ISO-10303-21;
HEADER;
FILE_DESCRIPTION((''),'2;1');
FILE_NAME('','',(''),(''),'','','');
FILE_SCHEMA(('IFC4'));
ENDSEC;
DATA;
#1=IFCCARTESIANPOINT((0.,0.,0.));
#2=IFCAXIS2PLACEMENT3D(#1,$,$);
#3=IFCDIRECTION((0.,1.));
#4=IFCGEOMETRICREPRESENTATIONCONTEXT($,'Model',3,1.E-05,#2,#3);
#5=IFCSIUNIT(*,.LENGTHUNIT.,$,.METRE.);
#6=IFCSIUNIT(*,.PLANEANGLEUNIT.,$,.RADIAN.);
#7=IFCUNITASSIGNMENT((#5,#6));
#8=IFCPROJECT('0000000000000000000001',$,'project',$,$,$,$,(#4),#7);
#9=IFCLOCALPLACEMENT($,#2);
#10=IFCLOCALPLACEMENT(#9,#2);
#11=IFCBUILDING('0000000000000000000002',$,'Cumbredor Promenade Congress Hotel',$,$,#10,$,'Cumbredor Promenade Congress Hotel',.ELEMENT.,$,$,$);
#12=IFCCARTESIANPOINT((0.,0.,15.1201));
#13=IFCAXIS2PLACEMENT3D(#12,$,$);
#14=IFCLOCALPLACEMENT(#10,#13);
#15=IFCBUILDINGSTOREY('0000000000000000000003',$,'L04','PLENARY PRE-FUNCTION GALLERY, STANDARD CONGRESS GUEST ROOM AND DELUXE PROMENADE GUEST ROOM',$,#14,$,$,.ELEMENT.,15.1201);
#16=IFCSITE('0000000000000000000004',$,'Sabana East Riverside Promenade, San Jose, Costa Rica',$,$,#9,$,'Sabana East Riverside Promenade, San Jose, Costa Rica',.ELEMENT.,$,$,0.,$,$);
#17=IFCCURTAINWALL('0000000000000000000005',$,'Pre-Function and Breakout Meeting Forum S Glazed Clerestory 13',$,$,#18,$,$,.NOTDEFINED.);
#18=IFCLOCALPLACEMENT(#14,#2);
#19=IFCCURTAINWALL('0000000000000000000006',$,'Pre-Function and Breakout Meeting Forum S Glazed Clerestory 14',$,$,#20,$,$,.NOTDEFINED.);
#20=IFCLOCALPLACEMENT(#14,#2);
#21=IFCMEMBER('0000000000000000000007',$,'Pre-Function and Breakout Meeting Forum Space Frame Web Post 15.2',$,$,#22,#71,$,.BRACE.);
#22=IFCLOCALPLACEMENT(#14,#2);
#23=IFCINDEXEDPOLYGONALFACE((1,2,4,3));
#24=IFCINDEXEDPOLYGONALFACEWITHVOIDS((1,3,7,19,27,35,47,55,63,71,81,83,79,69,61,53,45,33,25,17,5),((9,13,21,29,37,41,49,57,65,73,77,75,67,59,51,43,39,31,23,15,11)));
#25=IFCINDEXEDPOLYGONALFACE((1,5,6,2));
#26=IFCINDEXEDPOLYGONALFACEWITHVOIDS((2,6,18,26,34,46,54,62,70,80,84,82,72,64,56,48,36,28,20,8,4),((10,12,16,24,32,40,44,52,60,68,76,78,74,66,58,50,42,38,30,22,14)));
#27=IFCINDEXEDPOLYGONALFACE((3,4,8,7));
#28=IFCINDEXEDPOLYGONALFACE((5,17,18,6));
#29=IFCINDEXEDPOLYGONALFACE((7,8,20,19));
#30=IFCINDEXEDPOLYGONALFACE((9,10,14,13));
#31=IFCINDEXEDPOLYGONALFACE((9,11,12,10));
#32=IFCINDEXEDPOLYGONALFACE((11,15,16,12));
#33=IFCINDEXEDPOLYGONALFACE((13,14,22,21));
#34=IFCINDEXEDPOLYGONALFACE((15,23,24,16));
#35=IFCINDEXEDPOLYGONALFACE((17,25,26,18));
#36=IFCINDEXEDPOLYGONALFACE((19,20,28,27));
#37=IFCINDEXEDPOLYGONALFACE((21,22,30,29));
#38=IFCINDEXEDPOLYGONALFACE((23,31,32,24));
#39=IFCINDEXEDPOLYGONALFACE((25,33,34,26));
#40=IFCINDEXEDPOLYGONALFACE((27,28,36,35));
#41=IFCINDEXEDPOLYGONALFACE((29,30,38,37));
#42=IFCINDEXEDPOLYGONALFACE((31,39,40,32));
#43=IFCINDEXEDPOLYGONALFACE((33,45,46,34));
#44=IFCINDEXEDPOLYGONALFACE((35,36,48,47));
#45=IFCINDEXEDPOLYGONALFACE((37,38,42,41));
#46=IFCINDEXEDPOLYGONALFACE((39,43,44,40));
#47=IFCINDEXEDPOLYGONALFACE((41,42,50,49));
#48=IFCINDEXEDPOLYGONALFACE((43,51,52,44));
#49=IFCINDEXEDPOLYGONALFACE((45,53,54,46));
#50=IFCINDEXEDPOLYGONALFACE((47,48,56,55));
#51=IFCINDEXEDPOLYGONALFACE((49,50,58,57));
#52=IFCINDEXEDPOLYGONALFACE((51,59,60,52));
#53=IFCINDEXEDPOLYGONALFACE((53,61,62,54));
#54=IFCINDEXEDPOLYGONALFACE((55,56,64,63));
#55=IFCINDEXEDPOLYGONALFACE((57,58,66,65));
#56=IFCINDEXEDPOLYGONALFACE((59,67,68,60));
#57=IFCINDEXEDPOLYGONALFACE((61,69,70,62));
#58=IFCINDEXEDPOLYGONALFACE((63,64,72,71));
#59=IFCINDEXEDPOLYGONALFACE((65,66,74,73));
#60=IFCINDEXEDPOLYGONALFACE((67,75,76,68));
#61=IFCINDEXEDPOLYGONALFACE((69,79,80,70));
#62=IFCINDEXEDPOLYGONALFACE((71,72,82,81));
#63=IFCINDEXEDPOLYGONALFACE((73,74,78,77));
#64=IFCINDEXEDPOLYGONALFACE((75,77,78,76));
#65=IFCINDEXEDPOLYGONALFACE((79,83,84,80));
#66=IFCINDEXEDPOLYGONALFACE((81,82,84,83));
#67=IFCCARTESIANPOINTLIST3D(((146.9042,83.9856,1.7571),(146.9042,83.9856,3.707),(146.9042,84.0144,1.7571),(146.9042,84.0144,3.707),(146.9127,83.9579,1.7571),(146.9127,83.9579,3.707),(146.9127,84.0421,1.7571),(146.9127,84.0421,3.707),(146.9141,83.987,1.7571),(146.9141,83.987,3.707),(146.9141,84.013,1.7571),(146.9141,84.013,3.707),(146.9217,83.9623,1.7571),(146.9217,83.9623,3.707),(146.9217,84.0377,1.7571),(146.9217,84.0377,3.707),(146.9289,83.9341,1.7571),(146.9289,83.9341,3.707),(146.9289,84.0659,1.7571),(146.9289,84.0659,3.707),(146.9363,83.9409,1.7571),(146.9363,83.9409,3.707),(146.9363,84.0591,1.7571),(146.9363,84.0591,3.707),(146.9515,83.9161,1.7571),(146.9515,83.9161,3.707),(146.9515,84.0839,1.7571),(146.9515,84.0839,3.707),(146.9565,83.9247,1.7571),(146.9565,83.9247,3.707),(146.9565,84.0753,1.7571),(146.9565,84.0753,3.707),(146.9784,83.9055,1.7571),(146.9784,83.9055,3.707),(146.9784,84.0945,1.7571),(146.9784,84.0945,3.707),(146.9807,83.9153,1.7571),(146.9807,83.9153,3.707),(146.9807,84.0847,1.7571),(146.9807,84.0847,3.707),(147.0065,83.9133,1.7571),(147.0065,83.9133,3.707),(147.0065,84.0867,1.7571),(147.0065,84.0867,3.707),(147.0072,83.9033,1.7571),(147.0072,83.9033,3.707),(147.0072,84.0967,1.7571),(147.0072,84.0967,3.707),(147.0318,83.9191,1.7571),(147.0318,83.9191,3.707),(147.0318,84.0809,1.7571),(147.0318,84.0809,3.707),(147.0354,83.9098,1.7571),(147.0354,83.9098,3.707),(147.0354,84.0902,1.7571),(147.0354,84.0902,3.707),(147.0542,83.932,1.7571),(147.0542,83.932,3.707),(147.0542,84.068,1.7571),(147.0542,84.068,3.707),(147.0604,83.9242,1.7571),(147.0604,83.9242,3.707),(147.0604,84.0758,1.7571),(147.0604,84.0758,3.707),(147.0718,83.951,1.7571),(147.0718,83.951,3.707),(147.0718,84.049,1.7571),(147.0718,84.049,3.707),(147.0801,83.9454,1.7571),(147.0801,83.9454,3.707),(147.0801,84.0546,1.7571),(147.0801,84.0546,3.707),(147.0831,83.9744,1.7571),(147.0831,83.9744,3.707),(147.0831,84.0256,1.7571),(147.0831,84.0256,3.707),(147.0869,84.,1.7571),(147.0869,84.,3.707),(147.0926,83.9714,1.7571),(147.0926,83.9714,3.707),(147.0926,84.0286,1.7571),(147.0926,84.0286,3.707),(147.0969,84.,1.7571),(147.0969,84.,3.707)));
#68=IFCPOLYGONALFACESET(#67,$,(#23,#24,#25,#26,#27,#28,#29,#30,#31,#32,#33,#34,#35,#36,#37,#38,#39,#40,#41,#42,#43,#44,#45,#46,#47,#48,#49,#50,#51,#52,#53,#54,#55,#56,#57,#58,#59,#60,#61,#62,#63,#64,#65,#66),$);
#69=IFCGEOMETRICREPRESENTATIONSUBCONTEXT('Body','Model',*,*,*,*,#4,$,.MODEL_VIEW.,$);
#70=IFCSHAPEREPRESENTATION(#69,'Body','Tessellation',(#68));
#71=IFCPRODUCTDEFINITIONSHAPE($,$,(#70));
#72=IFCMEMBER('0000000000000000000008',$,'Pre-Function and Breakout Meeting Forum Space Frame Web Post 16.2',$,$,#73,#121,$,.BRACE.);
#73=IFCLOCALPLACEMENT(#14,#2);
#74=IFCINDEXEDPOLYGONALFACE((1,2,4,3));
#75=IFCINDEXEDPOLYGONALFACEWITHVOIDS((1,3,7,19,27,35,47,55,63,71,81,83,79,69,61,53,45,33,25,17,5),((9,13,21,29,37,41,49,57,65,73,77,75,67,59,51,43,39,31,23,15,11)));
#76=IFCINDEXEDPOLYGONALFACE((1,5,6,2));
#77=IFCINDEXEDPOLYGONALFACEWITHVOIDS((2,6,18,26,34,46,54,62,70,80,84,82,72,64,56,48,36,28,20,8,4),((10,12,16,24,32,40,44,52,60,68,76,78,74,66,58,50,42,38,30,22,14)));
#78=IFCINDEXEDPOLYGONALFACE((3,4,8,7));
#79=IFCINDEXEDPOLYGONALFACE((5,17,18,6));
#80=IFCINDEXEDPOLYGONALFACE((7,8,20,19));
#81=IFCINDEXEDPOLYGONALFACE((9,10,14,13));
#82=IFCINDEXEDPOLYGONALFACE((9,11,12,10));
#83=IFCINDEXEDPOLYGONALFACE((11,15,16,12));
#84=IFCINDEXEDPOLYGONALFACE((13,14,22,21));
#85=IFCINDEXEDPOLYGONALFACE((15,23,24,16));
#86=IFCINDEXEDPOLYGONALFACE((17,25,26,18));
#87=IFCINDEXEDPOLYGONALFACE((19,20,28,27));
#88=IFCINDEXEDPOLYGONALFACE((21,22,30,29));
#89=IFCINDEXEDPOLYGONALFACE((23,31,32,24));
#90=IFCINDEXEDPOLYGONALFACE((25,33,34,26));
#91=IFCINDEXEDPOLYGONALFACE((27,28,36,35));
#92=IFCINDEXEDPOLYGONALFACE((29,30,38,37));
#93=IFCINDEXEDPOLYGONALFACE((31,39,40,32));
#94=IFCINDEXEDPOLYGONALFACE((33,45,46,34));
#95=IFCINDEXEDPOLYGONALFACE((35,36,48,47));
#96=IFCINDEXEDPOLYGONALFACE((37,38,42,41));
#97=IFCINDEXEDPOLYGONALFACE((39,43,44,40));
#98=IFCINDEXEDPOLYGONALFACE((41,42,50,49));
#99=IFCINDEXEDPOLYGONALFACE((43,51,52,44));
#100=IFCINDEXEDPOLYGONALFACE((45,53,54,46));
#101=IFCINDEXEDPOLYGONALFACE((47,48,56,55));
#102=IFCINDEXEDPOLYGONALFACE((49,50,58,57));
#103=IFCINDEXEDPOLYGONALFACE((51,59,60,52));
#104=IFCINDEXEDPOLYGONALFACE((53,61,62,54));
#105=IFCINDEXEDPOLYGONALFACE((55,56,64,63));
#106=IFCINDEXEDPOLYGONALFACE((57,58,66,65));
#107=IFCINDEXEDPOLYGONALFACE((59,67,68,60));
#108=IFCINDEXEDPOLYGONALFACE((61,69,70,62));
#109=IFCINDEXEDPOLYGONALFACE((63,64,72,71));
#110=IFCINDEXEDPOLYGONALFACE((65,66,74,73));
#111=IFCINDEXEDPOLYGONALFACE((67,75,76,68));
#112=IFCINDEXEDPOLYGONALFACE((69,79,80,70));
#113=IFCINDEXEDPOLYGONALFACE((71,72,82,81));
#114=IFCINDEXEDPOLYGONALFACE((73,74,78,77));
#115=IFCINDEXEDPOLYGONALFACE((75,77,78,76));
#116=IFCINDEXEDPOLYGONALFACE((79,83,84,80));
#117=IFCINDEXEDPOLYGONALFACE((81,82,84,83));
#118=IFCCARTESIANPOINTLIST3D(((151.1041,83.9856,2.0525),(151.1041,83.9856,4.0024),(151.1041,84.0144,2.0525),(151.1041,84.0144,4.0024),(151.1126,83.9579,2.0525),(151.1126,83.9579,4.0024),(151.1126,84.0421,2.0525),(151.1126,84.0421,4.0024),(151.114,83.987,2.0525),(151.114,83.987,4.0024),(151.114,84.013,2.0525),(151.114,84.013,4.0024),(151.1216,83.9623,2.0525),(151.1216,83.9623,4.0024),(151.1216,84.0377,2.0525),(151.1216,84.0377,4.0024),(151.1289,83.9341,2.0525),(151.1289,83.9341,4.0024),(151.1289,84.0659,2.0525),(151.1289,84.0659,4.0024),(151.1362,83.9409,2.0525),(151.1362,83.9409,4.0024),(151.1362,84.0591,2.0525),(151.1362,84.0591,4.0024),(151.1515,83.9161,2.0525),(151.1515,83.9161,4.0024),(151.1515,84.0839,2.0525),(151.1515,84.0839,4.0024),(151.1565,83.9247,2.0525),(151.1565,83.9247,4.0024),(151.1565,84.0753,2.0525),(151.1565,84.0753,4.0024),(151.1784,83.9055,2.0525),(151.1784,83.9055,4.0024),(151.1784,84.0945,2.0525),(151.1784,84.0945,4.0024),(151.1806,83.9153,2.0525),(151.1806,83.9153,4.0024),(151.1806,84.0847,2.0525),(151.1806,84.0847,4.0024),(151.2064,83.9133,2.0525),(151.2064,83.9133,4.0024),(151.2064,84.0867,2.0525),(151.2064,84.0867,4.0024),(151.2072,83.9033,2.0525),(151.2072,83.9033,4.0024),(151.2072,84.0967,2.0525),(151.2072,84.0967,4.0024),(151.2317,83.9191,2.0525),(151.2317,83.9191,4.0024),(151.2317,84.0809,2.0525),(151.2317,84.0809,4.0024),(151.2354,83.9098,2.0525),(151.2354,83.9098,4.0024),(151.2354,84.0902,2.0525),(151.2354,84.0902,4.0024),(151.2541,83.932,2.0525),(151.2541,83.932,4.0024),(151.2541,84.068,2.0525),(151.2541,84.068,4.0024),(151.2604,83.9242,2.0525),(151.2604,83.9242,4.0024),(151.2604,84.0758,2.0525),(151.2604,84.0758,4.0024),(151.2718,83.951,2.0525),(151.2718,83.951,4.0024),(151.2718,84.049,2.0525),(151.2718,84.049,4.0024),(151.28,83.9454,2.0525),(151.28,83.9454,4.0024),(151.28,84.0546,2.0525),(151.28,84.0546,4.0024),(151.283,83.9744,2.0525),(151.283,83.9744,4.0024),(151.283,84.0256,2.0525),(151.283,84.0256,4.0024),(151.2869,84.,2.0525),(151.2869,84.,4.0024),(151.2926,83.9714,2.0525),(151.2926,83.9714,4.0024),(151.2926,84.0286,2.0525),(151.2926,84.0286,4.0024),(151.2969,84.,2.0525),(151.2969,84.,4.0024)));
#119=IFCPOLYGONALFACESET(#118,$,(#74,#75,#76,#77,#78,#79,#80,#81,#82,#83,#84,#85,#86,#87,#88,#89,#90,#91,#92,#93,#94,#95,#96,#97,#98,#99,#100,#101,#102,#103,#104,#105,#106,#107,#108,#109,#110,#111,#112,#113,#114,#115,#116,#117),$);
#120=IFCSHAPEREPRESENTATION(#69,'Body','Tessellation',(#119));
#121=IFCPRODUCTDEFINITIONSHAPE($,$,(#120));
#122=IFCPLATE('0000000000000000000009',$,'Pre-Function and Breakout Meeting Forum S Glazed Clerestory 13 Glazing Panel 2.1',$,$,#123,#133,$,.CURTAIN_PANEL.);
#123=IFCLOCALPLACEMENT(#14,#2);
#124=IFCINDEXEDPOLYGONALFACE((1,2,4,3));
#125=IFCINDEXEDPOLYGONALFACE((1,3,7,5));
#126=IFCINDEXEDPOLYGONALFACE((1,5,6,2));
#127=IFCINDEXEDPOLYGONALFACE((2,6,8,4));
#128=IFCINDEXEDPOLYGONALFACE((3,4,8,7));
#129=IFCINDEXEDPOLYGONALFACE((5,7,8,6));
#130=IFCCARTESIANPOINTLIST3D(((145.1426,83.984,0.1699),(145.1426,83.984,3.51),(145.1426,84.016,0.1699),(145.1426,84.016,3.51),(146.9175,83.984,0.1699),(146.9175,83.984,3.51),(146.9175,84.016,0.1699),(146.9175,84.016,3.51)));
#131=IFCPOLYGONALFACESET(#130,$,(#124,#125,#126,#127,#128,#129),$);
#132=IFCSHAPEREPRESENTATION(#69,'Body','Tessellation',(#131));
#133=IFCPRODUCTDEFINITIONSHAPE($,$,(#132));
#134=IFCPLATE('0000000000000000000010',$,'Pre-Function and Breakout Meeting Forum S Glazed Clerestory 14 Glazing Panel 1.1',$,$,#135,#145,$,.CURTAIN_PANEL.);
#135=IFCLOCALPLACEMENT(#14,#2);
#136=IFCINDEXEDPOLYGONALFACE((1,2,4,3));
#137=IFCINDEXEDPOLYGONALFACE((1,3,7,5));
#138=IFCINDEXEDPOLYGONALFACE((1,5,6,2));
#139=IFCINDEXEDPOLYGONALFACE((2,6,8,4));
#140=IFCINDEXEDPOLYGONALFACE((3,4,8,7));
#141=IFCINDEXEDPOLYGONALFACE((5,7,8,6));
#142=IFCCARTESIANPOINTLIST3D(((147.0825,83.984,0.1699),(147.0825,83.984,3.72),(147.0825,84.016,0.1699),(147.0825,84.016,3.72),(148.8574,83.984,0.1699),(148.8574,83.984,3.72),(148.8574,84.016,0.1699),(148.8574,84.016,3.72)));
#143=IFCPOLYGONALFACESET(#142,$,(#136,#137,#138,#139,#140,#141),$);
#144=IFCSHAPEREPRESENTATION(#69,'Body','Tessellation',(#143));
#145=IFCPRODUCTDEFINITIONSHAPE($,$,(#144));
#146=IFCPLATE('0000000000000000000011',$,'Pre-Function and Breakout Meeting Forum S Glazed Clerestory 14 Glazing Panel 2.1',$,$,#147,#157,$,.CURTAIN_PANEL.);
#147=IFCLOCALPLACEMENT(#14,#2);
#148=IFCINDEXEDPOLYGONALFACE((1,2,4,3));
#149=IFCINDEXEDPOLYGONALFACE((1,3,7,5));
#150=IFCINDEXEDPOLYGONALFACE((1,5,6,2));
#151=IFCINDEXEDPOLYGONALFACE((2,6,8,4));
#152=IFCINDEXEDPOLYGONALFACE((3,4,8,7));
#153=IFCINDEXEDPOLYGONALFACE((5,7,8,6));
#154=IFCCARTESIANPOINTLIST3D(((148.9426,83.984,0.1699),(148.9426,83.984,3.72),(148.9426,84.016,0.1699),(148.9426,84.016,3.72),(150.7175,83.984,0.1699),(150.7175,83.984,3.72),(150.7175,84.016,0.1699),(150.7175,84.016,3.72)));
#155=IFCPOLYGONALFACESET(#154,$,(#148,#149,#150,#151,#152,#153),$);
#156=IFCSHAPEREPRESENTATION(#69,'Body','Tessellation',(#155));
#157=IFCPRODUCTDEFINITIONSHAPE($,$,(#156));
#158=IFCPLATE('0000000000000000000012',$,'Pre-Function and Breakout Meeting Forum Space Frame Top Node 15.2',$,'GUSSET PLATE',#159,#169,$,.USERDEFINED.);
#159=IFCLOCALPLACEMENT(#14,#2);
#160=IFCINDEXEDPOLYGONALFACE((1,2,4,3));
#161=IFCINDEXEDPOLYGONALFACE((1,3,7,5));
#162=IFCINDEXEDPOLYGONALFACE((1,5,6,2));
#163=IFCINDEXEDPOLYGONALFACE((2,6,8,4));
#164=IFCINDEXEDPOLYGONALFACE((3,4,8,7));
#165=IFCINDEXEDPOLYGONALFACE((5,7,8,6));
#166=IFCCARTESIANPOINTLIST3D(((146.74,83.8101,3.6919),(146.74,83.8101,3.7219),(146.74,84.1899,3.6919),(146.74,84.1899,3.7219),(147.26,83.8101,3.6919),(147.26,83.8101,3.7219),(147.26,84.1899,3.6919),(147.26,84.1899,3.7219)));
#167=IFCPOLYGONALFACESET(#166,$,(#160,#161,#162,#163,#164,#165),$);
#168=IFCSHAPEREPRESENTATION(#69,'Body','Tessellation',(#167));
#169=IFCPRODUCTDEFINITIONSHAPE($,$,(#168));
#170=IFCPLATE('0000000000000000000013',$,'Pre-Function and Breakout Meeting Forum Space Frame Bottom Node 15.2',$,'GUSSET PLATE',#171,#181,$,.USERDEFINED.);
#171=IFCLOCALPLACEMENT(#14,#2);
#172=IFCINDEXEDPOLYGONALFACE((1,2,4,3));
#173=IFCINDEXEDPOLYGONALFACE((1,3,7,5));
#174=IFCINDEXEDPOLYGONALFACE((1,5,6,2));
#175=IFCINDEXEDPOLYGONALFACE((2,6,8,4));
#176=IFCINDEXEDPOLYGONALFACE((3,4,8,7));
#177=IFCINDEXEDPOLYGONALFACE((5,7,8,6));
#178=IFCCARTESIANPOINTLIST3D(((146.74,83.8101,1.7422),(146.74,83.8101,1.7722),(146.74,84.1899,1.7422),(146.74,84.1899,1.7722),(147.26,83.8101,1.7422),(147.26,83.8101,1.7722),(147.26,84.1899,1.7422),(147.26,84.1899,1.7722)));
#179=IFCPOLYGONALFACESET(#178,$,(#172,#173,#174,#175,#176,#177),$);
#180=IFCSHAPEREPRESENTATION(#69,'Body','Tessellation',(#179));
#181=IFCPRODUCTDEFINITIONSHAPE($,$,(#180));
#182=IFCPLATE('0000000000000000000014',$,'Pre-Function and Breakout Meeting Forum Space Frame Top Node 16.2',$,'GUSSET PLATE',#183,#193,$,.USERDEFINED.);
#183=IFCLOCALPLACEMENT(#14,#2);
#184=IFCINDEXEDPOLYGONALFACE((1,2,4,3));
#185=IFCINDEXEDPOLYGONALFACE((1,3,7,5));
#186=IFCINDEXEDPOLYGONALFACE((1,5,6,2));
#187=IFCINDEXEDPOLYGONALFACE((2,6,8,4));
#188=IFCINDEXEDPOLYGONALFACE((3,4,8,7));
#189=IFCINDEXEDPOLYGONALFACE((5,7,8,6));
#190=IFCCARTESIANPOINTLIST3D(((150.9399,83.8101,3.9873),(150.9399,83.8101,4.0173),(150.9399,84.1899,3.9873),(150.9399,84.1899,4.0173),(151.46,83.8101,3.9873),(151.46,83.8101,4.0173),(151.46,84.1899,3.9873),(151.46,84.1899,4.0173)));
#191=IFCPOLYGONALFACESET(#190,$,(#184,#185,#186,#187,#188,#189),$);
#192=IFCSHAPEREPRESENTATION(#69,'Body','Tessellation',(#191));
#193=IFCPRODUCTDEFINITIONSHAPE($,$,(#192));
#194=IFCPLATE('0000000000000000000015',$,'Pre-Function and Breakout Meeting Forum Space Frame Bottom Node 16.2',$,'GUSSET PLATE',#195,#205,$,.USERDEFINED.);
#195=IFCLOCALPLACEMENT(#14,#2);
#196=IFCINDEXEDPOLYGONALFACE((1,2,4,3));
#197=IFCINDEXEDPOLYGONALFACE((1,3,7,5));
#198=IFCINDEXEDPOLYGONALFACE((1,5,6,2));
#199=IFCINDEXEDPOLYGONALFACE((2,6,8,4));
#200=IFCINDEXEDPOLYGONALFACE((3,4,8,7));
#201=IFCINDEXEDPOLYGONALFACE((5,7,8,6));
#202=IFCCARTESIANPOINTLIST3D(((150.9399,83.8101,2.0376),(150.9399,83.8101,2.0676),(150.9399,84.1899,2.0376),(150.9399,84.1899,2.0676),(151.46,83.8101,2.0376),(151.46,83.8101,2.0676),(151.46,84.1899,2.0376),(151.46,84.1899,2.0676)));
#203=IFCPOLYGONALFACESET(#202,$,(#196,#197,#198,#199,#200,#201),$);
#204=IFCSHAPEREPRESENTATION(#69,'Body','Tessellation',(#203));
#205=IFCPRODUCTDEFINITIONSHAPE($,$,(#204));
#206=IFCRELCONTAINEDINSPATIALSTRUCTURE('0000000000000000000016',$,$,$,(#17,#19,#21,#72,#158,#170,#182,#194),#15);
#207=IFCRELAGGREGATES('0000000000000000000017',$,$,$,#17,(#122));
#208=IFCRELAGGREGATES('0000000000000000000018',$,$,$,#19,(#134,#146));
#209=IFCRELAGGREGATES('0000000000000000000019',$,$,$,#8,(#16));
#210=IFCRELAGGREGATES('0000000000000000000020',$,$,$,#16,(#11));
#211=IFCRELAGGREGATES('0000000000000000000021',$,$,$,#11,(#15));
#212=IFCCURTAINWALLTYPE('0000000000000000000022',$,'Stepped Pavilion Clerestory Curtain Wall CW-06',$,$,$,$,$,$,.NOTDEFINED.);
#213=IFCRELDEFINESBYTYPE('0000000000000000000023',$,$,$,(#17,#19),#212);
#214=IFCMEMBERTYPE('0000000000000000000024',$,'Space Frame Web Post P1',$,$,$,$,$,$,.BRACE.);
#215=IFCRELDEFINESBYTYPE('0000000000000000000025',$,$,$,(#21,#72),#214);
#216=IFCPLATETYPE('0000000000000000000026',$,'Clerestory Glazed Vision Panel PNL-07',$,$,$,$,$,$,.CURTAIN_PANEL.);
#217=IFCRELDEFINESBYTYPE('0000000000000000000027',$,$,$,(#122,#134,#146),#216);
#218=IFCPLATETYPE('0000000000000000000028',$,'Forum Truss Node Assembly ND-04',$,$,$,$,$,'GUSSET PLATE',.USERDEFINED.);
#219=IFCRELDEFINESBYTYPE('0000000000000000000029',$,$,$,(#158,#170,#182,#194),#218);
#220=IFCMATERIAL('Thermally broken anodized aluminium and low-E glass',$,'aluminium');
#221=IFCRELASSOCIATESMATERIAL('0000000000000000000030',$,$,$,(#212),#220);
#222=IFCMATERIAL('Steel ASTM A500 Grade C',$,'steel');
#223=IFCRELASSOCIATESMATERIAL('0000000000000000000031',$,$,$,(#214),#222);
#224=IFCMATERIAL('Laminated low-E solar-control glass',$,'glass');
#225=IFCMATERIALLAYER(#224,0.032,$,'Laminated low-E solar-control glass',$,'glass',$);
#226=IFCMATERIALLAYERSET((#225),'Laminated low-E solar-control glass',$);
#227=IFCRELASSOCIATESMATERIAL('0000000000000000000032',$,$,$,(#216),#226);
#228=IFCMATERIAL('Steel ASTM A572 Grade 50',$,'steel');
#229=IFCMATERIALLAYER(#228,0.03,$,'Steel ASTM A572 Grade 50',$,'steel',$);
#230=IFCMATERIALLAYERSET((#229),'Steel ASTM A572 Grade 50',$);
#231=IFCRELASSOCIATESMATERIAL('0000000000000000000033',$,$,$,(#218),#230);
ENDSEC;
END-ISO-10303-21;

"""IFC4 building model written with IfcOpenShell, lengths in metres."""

from ifc_helpers import new_model, si_unit, direction, frame, origin, origin_2d, place, context, subcontext, project, spatial, rectangle, hollow_circle, extrude, material, layer, layer_set, material_profile, profile_set, type_object, element, aggregate, save


model = new_model("IFC4")

# Units and contexts
model_context = context("Model", 3, precision=1e-05, world=origin(), true_north=direction((0.0, 1.0)))
body_context = subcontext(model_context, "Body", "Model", "MODEL_VIEW")
ifc_project = project(units=[si_unit("LENGTHUNIT", "METRE"), si_unit("PLANEANGLEUNIT", "RADIAN")], contexts=[model_context])

# Site, building, storey
site_placement = place(None, origin())
site = spatial("IfcSite", under=ifc_project, at=site_placement, Name="Sabana East Riverside Promenade, San Jose, Costa Rica", LongName="Sabana East Riverside Promenade, San Jose, Costa Rica", CompositionType="ELEMENT", RefElevation=0.0)
building_placement = place(site_placement, origin())
building = spatial("IfcBuilding", under=site, at=building_placement, Name="Cumbredor Promenade Congress Hotel", LongName="Cumbredor Promenade Congress Hotel", CompositionType="ELEMENT")
storey_placement = place(building_placement, frame((0.0, 0.0, 15.1201)))
storey = spatial("IfcBuildingStorey", under=building, at=storey_placement, Name="L04", Description="PLENARY PRE-FUNCTION GALLERY, STANDARD CONGRESS GUEST ROOM AND DELUXE PROMENADE GUEST ROOM", CompositionType="ELEMENT", Elevation=15.1201)

# Curtain wall
ifc_material_1 = material(Name="Thermally broken anodized aluminium and low-E glass", Category="aluminium")
curtain_wall_type = type_object("IfcCurtainWallType", Name="Stepped Pavilion Clerestory Curtain Wall CW-06", PredefinedType="NOTDEFINED", material=ifc_material_1)
curtain_wall_1_placement = place(storey_placement, origin())
curtain_wall_1 = element("IfcCurtainWall", 1, at=curtain_wall_1_placement, inside=storey, type_object=curtain_wall_type, Name="Pre-Function and Breakout Meeting Forum S Glazed Clerestory 13", PredefinedType="NOTDEFINED")

# Curtain wall
curtain_wall_2_placement = place(storey_placement, origin())
curtain_wall_2 = element("IfcCurtainWall", 2, at=curtain_wall_2_placement, inside=storey, type_object=curtain_wall_type, Name="Pre-Function and Breakout Meeting Forum S Glazed Clerestory 14", PredefinedType="NOTDEFINED")

# Members
ifc_material_2 = material(Name="Steel ASTM A500 Grade C", Category="steel")
ifc_material_profile_1 = material_profile(ifc_material_2, hollow_circle(Radius=0.0969, WallThickness=0.01, at=origin_2d()), Name="CHS 193.7x10")
ifc_profile_set_1 = profile_set([ifc_material_profile_1], Name="Steel ASTM A500 Grade C")
member_type_1 = type_object("IfcMemberType", Name="Space Frame Web Post P1", PredefinedType="BRACE", material=ifc_profile_set_1)
for number, where, z_axis, x_axis, name in (
    (3, (147.0, 84.0, 1.7571), (0.0, 0.0, 1.0), (1.0, 0.0, 0.0), "Pre-Function and Breakout Meeting Forum Space Frame Web Post 15.2"),
    (4, (151.2, 84.0, 2.0525), (0.0, 0.0, 1.0), (1.0, 0.0, 0.0), "Pre-Function and Breakout Meeting Forum Space Frame Web Post 16.2"),
):
    element("IfcMember", number, at=place(storey_placement, frame(where, z_axis=z_axis, x_axis=x_axis)), inside=storey, type_object=member_type_1, Name=name, PredefinedType="BRACE", context=body_context, shape_type="SweptSolid", body=[
        extrude(hollow_circle(Radius=0.0969, WallThickness=0.01, at=origin_2d()), origin(), (0.0, 0.0, 1.0), 1.95),
    ])

# Plates
ifc_material_3 = material(Name="Laminated low-E solar-control glass", Category="glass")
ifc_layer_1 = layer(ifc_material_3, 0.032, Name="Laminated low-E solar-control glass", Category="glass")
ifc_layer_set_1 = layer_set([ifc_layer_1], Name="Laminated low-E solar-control glass")
plate_type_1 = type_object("IfcPlateType", Name="Clerestory Glazed Vision Panel PNL-07", PredefinedType="CURTAIN_PANEL", material=ifc_layer_set_1)
plate_1_placement = place(storey_placement, frame((146.03, 84.0, 0.1699), z_axis=(0.0, 0.0, 1.0), x_axis=(1.0, 0.0, 0.0)))
plate_1 = element("IfcPlate", 5, at=plate_1_placement, type_object=plate_type_1, Name="Pre-Function and Breakout Meeting Forum S Glazed Clerestory 13 Glazing Panel 2.1", PredefinedType="CURTAIN_PANEL", context=body_context, shape_type="SweptSolid", body=[
    extrude(rectangle(XDim=1.7749, YDim=0.032, at=origin_2d()), origin(), (0.0, 0.0, 1.0), 3.3401),
])
aggregate(curtain_wall_1, [plate_1])
plate_2_placement = place(storey_placement, frame((147.97, 84.0, 0.1699), z_axis=(0.0, 0.0, 1.0), x_axis=(1.0, 0.0, 0.0)))
plate_2 = element("IfcPlate", 6, at=plate_2_placement, type_object=plate_type_1, Name="Pre-Function and Breakout Meeting Forum S Glazed Clerestory 14 Glazing Panel 1.1", PredefinedType="CURTAIN_PANEL", context=body_context, shape_type="SweptSolid", body=[
    extrude(rectangle(XDim=1.7749, YDim=0.032, at=origin_2d()), origin(), (0.0, 0.0, 1.0), 3.55),
])
plate_3_placement = place(storey_placement, frame((149.8301, 84.0, 0.1699), z_axis=(0.0, 0.0, 1.0), x_axis=(1.0, 0.0, 0.0)))
plate_3 = element("IfcPlate", 7, at=plate_3_placement, type_object=plate_type_1, Name="Pre-Function and Breakout Meeting Forum S Glazed Clerestory 14 Glazing Panel 2.1", PredefinedType="CURTAIN_PANEL", context=body_context, shape_type="SweptSolid", body=[
    extrude(rectangle(XDim=1.7749, YDim=0.032, at=origin_2d()), origin(), (0.0, 0.0, 1.0), 3.55),
])
aggregate(curtain_wall_2, [plate_2, plate_3])

# Plates
ifc_material_4 = material(Name="Steel ASTM A572 Grade 50", Category="steel")
ifc_layer_2 = layer(ifc_material_4, 0.03, Name="Steel ASTM A572 Grade 50", Category="steel")
ifc_layer_set_2 = layer_set([ifc_layer_2], Name="Steel ASTM A572 Grade 50")
plate_type_2 = type_object("IfcPlateType", Name="Forum Truss Node Assembly ND-04", ElementType="GUSSET PLATE", PredefinedType="USERDEFINED", material=ifc_layer_set_2)
for number, where, z_axis, x_axis, name in (
    (8, (147.0, 84.0, 3.6919), (0.0, 0.0, 1.0), (1.0, 0.0, 0.0), "Pre-Function and Breakout Meeting Forum Space Frame Top Node 15.2"),
    (9, (147.0, 84.0, 1.7422), (0.0, 0.0, 1.0), (1.0, 0.0, 0.0), "Pre-Function and Breakout Meeting Forum Space Frame Bottom Node 15.2"),
    (10, (151.2, 84.0, 3.9873), (0.0, 0.0, 1.0), (1.0, 0.0, 0.0), "Pre-Function and Breakout Meeting Forum Space Frame Top Node 16.2"),
    (11, (151.2, 84.0, 2.0376), (0.0, 0.0, 1.0), (1.0, 0.0, 0.0), "Pre-Function and Breakout Meeting Forum Space Frame Bottom Node 16.2"),
):
    element("IfcPlate", number, at=place(storey_placement, frame(where, z_axis=z_axis, x_axis=x_axis)), inside=storey, type_object=plate_type_2, Name=name, ObjectType="GUSSET PLATE", PredefinedType="USERDEFINED", context=body_context, shape_type="SweptSolid", body=[
        extrude(rectangle(XDim=0.52, YDim=0.3799, at=origin_2d()), origin(), (0.0, 0.0, 1.0), 0.03),
    ])

save(model, "model.ifc")
